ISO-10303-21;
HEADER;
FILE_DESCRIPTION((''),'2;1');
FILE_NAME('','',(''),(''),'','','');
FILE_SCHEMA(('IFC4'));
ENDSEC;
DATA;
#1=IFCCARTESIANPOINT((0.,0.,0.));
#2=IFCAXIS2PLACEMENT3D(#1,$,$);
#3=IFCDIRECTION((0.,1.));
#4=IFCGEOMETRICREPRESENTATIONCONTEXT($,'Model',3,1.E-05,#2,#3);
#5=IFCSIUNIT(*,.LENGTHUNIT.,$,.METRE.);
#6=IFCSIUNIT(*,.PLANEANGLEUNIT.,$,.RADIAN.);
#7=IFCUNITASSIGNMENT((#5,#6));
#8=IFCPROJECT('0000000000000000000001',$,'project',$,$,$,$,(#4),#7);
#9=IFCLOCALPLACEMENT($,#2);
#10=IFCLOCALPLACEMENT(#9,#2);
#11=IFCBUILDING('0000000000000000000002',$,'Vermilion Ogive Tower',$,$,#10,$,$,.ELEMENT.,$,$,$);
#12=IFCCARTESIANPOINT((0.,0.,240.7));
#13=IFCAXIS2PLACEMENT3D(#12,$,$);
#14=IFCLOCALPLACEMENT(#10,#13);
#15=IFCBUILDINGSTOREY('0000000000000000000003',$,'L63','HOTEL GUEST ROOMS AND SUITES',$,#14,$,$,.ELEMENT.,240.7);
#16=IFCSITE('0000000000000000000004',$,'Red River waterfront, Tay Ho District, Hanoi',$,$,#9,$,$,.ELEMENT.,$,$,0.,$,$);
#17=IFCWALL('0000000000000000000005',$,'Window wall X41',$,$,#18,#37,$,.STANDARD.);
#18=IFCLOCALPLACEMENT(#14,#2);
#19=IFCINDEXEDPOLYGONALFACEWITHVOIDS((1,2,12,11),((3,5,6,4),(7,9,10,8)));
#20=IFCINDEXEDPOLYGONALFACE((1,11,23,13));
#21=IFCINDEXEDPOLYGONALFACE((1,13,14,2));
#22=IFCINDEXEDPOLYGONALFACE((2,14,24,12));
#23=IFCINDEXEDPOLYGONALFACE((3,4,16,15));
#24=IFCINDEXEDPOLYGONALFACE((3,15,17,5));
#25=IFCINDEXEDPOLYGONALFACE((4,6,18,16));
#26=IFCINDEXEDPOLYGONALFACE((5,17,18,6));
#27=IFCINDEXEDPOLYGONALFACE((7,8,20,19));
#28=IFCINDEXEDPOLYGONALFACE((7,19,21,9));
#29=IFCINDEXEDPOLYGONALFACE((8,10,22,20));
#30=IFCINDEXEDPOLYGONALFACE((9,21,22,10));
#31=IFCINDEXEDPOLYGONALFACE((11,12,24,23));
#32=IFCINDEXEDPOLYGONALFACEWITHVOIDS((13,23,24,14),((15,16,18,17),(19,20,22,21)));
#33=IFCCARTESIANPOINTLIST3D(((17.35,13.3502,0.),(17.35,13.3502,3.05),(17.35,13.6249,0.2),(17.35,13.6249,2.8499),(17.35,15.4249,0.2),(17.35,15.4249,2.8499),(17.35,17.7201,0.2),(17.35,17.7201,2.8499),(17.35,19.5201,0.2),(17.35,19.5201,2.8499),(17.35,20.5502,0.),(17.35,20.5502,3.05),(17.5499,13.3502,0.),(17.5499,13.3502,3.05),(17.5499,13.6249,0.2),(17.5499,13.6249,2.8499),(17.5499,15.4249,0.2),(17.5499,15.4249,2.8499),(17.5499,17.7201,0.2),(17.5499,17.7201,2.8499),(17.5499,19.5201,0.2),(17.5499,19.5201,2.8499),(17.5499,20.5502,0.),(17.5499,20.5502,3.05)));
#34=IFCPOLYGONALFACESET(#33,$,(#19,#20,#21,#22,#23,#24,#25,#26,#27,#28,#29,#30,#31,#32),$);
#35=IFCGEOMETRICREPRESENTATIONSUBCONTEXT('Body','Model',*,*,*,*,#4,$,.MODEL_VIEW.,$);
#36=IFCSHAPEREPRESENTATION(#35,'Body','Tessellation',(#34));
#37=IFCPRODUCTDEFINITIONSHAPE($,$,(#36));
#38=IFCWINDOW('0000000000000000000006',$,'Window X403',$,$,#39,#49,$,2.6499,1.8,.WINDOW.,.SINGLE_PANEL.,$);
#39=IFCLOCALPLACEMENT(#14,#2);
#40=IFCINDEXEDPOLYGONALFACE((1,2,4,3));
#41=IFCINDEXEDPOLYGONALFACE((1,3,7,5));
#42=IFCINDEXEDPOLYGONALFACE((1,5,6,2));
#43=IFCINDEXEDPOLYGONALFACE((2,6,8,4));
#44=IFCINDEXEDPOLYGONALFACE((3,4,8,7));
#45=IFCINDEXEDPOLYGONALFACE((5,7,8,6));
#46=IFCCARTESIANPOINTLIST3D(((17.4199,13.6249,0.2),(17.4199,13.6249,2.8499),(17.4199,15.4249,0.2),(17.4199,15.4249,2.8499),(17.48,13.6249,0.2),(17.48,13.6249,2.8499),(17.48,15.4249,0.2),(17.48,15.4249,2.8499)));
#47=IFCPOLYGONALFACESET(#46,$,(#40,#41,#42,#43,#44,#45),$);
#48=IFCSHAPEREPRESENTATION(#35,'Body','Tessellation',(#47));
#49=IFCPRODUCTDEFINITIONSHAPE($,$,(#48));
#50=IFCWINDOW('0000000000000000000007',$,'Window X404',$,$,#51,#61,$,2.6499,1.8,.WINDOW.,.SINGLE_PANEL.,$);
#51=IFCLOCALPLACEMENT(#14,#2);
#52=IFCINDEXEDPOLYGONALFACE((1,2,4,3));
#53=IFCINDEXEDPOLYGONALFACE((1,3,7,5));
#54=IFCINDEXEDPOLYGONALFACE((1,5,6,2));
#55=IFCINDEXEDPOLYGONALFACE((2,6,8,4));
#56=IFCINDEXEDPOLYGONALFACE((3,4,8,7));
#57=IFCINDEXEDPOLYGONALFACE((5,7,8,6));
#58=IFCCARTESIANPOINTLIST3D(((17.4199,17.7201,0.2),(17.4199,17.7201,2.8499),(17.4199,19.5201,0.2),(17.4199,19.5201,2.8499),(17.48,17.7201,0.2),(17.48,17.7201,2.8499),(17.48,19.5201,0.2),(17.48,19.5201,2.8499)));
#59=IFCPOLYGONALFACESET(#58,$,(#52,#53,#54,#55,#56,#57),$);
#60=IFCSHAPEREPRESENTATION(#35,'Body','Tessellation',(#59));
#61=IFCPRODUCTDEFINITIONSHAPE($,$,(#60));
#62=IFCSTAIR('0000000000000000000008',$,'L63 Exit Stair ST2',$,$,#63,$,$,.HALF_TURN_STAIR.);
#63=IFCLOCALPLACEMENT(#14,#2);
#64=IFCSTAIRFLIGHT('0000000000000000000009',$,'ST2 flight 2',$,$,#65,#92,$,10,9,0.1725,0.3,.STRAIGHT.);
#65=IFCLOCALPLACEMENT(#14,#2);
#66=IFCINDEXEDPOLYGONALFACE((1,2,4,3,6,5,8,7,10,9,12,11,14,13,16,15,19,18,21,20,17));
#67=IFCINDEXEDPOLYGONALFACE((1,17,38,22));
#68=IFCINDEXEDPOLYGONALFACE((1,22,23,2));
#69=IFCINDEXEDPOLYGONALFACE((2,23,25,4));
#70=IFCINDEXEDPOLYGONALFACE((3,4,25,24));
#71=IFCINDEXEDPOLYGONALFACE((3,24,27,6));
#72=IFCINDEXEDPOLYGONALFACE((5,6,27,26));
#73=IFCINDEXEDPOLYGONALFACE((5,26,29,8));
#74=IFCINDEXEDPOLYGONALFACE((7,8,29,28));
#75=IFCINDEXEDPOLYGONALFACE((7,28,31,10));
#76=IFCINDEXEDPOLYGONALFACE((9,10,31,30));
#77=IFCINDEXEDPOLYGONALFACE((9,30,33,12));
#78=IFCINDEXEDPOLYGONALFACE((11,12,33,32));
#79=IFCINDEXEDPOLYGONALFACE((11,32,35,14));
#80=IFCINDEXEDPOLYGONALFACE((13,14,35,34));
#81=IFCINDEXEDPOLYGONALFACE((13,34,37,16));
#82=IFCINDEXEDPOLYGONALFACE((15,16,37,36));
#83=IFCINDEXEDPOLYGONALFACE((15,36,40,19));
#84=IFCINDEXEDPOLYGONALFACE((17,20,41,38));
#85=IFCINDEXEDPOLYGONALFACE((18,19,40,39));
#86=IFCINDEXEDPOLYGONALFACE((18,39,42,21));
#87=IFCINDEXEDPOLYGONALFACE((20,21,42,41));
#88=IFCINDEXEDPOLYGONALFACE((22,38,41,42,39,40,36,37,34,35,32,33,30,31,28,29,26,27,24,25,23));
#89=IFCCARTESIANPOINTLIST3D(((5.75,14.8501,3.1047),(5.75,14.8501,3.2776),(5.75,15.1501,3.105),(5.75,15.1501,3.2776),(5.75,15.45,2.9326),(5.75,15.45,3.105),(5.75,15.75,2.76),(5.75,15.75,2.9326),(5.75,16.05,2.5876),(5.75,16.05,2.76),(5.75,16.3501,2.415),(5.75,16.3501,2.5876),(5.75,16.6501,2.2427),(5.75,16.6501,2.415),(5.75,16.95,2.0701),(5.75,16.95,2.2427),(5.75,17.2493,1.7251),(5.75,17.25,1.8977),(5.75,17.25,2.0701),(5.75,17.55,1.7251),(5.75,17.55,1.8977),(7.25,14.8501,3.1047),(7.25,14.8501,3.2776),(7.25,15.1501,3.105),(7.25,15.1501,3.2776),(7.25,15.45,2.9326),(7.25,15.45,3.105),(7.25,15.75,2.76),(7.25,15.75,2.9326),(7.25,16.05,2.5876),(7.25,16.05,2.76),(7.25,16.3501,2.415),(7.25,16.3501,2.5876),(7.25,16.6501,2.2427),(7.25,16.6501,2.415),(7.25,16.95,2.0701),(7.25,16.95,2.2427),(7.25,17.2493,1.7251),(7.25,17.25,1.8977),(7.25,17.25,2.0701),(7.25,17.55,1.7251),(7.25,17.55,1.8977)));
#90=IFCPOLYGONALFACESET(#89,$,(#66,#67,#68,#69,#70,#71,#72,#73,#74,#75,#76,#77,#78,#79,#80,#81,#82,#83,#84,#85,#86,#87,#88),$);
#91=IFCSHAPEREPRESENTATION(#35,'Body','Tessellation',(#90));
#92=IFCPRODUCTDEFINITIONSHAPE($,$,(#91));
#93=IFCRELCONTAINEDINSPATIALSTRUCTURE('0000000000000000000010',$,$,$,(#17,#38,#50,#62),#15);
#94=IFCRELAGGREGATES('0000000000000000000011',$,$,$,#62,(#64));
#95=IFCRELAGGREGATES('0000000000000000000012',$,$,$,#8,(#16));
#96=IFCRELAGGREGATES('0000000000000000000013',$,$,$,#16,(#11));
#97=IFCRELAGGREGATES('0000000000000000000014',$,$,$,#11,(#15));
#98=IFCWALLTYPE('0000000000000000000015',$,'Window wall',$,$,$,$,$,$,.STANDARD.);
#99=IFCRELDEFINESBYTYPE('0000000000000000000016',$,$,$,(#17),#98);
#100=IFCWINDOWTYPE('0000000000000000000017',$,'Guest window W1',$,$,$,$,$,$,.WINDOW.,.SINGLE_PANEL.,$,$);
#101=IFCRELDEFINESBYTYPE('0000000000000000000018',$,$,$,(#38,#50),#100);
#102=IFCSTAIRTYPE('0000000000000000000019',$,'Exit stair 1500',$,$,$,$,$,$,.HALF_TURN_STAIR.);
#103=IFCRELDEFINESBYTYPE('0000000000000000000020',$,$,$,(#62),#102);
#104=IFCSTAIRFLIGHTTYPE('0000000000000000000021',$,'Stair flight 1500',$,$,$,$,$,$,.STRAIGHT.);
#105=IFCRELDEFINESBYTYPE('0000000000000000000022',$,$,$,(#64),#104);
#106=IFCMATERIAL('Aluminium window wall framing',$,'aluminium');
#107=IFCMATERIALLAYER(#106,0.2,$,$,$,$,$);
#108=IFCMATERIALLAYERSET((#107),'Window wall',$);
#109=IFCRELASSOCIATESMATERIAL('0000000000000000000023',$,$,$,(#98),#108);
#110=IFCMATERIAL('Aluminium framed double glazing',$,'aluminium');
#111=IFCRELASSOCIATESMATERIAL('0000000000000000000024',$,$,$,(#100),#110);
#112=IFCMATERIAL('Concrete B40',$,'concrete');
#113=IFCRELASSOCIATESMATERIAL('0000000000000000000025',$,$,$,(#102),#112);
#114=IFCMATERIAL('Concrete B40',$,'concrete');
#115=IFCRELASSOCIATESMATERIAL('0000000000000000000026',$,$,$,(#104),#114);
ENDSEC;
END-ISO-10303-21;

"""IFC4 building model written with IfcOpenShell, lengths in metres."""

from ifc_helpers import new_model, si_unit, direction, frame, frame_2d, origin, place, context, subcontext, project, spatial, polyline, rectangle, outline, extrude, material, layer, layer_set, type_object, element, fill, aggregate, save


model = new_model("IFC4")

# Units and contexts
model_context = context("Model", 3, precision=1e-05, world=origin(), true_north=direction((0.0, 1.0)))
body_context = subcontext(model_context, "Body", "Model", "MODEL_VIEW")
ifc_project = project(units=[si_unit("LENGTHUNIT", "METRE"), si_unit("PLANEANGLEUNIT", "RADIAN")], contexts=[model_context])

# Site, building, storey
site_placement = place(None, origin())
site = spatial("IfcSite", under=ifc_project, at=site_placement, Name="Red River waterfront, Tay Ho District, Hanoi", CompositionType="ELEMENT", RefElevation=0.0)
building_placement = place(site_placement, origin())
building = spatial("IfcBuilding", under=site, at=building_placement, Name="Vermilion Ogive Tower", CompositionType="ELEMENT")
storey_placement = place(building_placement, frame((0.0, 0.0, 240.7)))
storey = spatial("IfcBuildingStorey", under=building, at=storey_placement, Name="L63", Description="HOTEL GUEST ROOMS AND SUITES", CompositionType="ELEMENT", Elevation=240.7)

# Shared definitions
ifc_material_1 = material(Name="Aluminium window wall framing", Category="aluminium")
ifc_layer_1 = layer(ifc_material_1, 0.2)
ifc_layer_set_1 = layer_set([ifc_layer_1], Name="Window wall")
wall_type_1 = type_object("IfcWallType", Name="Window wall", PredefinedType="STANDARD", material=ifc_layer_set_1)

# Wall, openings, windows
wall_1_placement = place(storey_placement, frame((17.45, 13.3501, 0.0), z_axis=(0.0, 0.0, 1.0), x_axis=(0.0, 1.0, 0.0)))
wall_1 = element("IfcWall", 1, at=wall_1_placement, inside=storey, type_object=wall_type_1, Name="Window wall X41", PredefinedType="STANDARD", context=body_context, shape_type="SweptSolid", body=[
    extrude(rectangle(XDim=7.2, YDim=0.2, at=frame_2d((3.6001, 0.0))), origin(), (0.0, 0.0, 1.0), 3.05),
])
opening_1_placement = place(wall_1_placement, frame((0.2749, 0.0, 0.2)))
opening_1 = element("IfcOpeningElement", 2, at=opening_1_placement, cuts=wall_1, PredefinedType="OPENING", context=body_context, shape_type="SweptSolid", body=[
    extrude(rectangle(XDim=1.8, YDim=2.6499, at=frame_2d((0.8999, 1.325))), frame((0.0, 0.1099, 0.0), z_axis=(0.0, -1.0, 0.0), x_axis=(1.0, 0.0, 0.0)), (0.0, 0.0, 1.0), 0.22),
])
opening_2_placement = place(wall_1_placement, frame((4.3701, 0.0, 0.2)))
opening_2 = element("IfcOpeningElement", 3, at=opening_2_placement, cuts=wall_1, PredefinedType="OPENING", context=body_context, shape_type="SweptSolid", body=[
    extrude(rectangle(XDim=1.8, YDim=2.6499, at=frame_2d((0.8999, 1.325))), frame((0.0, 0.1099, 0.0), z_axis=(0.0, -1.0, 0.0), x_axis=(1.0, 0.0, 0.0)), (0.0, 0.0, 1.0), 0.22),
])
ifc_material_2 = material(Name="Aluminium framed double glazing", Category="aluminium")
window_type = type_object("IfcWindowType", Name="Guest window W1", PartitioningType="SINGLE_PANEL", PredefinedType="WINDOW", material=ifc_material_2)
window_1_placement = place(opening_1_placement, origin())
window_1 = element("IfcWindow", 4, at=window_1_placement, inside=storey, type_object=window_type, Name="Window X403", OverallHeight=2.6499, OverallWidth=1.8, PartitioningType="SINGLE_PANEL", PredefinedType="WINDOW", context=body_context, shape_type="SweptSolid", body=[
    extrude(rectangle(XDim=1.8, YDim=2.6499, at=frame_2d((0.8999, 1.325))), frame((0.0, 0.03, 0.0), z_axis=(0.0, -1.0, 0.0), x_axis=(1.0, 0.0, 0.0)), (0.0, 0.0, 1.0), 0.0601),
])
fill(opening_1, window_1)
window_2_placement = place(opening_2_placement, origin())
window_2 = element("IfcWindow", 5, at=window_2_placement, inside=storey, type_object=window_type, Name="Window X404", OverallHeight=2.6499, OverallWidth=1.8, PartitioningType="SINGLE_PANEL", PredefinedType="WINDOW", context=body_context, shape_type="SweptSolid", body=[
    extrude(rectangle(XDim=1.8, YDim=2.6499, at=frame_2d((0.8999, 1.325))), frame((0.0, 0.03, 0.0), z_axis=(0.0, -1.0, 0.0), x_axis=(1.0, 0.0, 0.0)), (0.0, 0.0, 1.0), 0.0601),
])
fill(opening_2, window_2)

# Stair, stair flight
ifc_material_3 = material(Name="Concrete B40", Category="concrete")
stair_type = type_object("IfcStairType", Name="Exit stair 1500", PredefinedType="HALF_TURN_STAIR", material=ifc_material_3)
stair_placement = place(storey_placement, origin())
stair = element("IfcStair", 6, at=stair_placement, inside=storey, type_object=stair_type, Name="L63 Exit Stair ST2", PredefinedType="HALF_TURN_STAIR")
ifc_material_4 = material(Name="Concrete B40", Category="concrete")
stair_flight_type = type_object("IfcStairFlightType", Name="Stair flight 1500", PredefinedType="STRAIGHT", material=ifc_material_4)
stair_flight_placement = place(storey_placement, frame((6.5, 17.55, 1.7251), z_axis=(0.0, 0.0, 1.0), x_axis=(0.0, -1.0, 0.0)))
stair_flight = element("IfcStairFlight", 7, at=stair_flight_placement, type_object=stair_flight_type, Name="ST2 flight 2", NumberOfRisers=10, NumberOfTreads=9, PredefinedType="STRAIGHT", RiserHeight=0.1725, TreadLength=0.3, context=body_context, shape_type="SweptSolid", body=[
    extrude(outline(polyline([(0.0, 0.0), (0.0, 0.1726), (0.3, 0.1726), (0.3, 0.345), (0.6001, 0.345), (0.6001, 0.5176), (0.8999, 0.5176), (0.8999, 0.6899), (1.2, 0.6899), (1.2, 0.8625), (1.5, 0.8625), (1.5, 1.0349), (1.8, 1.0349), (1.8, 1.2075), (2.1001, 1.2075), (2.1001, 1.3799), (2.3999, 1.3799), (2.3999, 1.5525), (2.7, 1.5525), (2.7, 1.7251), (2.7, 1.3796), (0.3008, 0.0), (0.0, 0.0)])), frame((0.0, 0.75, 0.0), z_axis=(0.0, -1.0, 0.0), x_axis=(1.0, 0.0, 0.0)), (0.0, 0.0, 1.0), 1.5),
])
aggregate(stair, [stair_flight])

save(model, "model.ifc")
